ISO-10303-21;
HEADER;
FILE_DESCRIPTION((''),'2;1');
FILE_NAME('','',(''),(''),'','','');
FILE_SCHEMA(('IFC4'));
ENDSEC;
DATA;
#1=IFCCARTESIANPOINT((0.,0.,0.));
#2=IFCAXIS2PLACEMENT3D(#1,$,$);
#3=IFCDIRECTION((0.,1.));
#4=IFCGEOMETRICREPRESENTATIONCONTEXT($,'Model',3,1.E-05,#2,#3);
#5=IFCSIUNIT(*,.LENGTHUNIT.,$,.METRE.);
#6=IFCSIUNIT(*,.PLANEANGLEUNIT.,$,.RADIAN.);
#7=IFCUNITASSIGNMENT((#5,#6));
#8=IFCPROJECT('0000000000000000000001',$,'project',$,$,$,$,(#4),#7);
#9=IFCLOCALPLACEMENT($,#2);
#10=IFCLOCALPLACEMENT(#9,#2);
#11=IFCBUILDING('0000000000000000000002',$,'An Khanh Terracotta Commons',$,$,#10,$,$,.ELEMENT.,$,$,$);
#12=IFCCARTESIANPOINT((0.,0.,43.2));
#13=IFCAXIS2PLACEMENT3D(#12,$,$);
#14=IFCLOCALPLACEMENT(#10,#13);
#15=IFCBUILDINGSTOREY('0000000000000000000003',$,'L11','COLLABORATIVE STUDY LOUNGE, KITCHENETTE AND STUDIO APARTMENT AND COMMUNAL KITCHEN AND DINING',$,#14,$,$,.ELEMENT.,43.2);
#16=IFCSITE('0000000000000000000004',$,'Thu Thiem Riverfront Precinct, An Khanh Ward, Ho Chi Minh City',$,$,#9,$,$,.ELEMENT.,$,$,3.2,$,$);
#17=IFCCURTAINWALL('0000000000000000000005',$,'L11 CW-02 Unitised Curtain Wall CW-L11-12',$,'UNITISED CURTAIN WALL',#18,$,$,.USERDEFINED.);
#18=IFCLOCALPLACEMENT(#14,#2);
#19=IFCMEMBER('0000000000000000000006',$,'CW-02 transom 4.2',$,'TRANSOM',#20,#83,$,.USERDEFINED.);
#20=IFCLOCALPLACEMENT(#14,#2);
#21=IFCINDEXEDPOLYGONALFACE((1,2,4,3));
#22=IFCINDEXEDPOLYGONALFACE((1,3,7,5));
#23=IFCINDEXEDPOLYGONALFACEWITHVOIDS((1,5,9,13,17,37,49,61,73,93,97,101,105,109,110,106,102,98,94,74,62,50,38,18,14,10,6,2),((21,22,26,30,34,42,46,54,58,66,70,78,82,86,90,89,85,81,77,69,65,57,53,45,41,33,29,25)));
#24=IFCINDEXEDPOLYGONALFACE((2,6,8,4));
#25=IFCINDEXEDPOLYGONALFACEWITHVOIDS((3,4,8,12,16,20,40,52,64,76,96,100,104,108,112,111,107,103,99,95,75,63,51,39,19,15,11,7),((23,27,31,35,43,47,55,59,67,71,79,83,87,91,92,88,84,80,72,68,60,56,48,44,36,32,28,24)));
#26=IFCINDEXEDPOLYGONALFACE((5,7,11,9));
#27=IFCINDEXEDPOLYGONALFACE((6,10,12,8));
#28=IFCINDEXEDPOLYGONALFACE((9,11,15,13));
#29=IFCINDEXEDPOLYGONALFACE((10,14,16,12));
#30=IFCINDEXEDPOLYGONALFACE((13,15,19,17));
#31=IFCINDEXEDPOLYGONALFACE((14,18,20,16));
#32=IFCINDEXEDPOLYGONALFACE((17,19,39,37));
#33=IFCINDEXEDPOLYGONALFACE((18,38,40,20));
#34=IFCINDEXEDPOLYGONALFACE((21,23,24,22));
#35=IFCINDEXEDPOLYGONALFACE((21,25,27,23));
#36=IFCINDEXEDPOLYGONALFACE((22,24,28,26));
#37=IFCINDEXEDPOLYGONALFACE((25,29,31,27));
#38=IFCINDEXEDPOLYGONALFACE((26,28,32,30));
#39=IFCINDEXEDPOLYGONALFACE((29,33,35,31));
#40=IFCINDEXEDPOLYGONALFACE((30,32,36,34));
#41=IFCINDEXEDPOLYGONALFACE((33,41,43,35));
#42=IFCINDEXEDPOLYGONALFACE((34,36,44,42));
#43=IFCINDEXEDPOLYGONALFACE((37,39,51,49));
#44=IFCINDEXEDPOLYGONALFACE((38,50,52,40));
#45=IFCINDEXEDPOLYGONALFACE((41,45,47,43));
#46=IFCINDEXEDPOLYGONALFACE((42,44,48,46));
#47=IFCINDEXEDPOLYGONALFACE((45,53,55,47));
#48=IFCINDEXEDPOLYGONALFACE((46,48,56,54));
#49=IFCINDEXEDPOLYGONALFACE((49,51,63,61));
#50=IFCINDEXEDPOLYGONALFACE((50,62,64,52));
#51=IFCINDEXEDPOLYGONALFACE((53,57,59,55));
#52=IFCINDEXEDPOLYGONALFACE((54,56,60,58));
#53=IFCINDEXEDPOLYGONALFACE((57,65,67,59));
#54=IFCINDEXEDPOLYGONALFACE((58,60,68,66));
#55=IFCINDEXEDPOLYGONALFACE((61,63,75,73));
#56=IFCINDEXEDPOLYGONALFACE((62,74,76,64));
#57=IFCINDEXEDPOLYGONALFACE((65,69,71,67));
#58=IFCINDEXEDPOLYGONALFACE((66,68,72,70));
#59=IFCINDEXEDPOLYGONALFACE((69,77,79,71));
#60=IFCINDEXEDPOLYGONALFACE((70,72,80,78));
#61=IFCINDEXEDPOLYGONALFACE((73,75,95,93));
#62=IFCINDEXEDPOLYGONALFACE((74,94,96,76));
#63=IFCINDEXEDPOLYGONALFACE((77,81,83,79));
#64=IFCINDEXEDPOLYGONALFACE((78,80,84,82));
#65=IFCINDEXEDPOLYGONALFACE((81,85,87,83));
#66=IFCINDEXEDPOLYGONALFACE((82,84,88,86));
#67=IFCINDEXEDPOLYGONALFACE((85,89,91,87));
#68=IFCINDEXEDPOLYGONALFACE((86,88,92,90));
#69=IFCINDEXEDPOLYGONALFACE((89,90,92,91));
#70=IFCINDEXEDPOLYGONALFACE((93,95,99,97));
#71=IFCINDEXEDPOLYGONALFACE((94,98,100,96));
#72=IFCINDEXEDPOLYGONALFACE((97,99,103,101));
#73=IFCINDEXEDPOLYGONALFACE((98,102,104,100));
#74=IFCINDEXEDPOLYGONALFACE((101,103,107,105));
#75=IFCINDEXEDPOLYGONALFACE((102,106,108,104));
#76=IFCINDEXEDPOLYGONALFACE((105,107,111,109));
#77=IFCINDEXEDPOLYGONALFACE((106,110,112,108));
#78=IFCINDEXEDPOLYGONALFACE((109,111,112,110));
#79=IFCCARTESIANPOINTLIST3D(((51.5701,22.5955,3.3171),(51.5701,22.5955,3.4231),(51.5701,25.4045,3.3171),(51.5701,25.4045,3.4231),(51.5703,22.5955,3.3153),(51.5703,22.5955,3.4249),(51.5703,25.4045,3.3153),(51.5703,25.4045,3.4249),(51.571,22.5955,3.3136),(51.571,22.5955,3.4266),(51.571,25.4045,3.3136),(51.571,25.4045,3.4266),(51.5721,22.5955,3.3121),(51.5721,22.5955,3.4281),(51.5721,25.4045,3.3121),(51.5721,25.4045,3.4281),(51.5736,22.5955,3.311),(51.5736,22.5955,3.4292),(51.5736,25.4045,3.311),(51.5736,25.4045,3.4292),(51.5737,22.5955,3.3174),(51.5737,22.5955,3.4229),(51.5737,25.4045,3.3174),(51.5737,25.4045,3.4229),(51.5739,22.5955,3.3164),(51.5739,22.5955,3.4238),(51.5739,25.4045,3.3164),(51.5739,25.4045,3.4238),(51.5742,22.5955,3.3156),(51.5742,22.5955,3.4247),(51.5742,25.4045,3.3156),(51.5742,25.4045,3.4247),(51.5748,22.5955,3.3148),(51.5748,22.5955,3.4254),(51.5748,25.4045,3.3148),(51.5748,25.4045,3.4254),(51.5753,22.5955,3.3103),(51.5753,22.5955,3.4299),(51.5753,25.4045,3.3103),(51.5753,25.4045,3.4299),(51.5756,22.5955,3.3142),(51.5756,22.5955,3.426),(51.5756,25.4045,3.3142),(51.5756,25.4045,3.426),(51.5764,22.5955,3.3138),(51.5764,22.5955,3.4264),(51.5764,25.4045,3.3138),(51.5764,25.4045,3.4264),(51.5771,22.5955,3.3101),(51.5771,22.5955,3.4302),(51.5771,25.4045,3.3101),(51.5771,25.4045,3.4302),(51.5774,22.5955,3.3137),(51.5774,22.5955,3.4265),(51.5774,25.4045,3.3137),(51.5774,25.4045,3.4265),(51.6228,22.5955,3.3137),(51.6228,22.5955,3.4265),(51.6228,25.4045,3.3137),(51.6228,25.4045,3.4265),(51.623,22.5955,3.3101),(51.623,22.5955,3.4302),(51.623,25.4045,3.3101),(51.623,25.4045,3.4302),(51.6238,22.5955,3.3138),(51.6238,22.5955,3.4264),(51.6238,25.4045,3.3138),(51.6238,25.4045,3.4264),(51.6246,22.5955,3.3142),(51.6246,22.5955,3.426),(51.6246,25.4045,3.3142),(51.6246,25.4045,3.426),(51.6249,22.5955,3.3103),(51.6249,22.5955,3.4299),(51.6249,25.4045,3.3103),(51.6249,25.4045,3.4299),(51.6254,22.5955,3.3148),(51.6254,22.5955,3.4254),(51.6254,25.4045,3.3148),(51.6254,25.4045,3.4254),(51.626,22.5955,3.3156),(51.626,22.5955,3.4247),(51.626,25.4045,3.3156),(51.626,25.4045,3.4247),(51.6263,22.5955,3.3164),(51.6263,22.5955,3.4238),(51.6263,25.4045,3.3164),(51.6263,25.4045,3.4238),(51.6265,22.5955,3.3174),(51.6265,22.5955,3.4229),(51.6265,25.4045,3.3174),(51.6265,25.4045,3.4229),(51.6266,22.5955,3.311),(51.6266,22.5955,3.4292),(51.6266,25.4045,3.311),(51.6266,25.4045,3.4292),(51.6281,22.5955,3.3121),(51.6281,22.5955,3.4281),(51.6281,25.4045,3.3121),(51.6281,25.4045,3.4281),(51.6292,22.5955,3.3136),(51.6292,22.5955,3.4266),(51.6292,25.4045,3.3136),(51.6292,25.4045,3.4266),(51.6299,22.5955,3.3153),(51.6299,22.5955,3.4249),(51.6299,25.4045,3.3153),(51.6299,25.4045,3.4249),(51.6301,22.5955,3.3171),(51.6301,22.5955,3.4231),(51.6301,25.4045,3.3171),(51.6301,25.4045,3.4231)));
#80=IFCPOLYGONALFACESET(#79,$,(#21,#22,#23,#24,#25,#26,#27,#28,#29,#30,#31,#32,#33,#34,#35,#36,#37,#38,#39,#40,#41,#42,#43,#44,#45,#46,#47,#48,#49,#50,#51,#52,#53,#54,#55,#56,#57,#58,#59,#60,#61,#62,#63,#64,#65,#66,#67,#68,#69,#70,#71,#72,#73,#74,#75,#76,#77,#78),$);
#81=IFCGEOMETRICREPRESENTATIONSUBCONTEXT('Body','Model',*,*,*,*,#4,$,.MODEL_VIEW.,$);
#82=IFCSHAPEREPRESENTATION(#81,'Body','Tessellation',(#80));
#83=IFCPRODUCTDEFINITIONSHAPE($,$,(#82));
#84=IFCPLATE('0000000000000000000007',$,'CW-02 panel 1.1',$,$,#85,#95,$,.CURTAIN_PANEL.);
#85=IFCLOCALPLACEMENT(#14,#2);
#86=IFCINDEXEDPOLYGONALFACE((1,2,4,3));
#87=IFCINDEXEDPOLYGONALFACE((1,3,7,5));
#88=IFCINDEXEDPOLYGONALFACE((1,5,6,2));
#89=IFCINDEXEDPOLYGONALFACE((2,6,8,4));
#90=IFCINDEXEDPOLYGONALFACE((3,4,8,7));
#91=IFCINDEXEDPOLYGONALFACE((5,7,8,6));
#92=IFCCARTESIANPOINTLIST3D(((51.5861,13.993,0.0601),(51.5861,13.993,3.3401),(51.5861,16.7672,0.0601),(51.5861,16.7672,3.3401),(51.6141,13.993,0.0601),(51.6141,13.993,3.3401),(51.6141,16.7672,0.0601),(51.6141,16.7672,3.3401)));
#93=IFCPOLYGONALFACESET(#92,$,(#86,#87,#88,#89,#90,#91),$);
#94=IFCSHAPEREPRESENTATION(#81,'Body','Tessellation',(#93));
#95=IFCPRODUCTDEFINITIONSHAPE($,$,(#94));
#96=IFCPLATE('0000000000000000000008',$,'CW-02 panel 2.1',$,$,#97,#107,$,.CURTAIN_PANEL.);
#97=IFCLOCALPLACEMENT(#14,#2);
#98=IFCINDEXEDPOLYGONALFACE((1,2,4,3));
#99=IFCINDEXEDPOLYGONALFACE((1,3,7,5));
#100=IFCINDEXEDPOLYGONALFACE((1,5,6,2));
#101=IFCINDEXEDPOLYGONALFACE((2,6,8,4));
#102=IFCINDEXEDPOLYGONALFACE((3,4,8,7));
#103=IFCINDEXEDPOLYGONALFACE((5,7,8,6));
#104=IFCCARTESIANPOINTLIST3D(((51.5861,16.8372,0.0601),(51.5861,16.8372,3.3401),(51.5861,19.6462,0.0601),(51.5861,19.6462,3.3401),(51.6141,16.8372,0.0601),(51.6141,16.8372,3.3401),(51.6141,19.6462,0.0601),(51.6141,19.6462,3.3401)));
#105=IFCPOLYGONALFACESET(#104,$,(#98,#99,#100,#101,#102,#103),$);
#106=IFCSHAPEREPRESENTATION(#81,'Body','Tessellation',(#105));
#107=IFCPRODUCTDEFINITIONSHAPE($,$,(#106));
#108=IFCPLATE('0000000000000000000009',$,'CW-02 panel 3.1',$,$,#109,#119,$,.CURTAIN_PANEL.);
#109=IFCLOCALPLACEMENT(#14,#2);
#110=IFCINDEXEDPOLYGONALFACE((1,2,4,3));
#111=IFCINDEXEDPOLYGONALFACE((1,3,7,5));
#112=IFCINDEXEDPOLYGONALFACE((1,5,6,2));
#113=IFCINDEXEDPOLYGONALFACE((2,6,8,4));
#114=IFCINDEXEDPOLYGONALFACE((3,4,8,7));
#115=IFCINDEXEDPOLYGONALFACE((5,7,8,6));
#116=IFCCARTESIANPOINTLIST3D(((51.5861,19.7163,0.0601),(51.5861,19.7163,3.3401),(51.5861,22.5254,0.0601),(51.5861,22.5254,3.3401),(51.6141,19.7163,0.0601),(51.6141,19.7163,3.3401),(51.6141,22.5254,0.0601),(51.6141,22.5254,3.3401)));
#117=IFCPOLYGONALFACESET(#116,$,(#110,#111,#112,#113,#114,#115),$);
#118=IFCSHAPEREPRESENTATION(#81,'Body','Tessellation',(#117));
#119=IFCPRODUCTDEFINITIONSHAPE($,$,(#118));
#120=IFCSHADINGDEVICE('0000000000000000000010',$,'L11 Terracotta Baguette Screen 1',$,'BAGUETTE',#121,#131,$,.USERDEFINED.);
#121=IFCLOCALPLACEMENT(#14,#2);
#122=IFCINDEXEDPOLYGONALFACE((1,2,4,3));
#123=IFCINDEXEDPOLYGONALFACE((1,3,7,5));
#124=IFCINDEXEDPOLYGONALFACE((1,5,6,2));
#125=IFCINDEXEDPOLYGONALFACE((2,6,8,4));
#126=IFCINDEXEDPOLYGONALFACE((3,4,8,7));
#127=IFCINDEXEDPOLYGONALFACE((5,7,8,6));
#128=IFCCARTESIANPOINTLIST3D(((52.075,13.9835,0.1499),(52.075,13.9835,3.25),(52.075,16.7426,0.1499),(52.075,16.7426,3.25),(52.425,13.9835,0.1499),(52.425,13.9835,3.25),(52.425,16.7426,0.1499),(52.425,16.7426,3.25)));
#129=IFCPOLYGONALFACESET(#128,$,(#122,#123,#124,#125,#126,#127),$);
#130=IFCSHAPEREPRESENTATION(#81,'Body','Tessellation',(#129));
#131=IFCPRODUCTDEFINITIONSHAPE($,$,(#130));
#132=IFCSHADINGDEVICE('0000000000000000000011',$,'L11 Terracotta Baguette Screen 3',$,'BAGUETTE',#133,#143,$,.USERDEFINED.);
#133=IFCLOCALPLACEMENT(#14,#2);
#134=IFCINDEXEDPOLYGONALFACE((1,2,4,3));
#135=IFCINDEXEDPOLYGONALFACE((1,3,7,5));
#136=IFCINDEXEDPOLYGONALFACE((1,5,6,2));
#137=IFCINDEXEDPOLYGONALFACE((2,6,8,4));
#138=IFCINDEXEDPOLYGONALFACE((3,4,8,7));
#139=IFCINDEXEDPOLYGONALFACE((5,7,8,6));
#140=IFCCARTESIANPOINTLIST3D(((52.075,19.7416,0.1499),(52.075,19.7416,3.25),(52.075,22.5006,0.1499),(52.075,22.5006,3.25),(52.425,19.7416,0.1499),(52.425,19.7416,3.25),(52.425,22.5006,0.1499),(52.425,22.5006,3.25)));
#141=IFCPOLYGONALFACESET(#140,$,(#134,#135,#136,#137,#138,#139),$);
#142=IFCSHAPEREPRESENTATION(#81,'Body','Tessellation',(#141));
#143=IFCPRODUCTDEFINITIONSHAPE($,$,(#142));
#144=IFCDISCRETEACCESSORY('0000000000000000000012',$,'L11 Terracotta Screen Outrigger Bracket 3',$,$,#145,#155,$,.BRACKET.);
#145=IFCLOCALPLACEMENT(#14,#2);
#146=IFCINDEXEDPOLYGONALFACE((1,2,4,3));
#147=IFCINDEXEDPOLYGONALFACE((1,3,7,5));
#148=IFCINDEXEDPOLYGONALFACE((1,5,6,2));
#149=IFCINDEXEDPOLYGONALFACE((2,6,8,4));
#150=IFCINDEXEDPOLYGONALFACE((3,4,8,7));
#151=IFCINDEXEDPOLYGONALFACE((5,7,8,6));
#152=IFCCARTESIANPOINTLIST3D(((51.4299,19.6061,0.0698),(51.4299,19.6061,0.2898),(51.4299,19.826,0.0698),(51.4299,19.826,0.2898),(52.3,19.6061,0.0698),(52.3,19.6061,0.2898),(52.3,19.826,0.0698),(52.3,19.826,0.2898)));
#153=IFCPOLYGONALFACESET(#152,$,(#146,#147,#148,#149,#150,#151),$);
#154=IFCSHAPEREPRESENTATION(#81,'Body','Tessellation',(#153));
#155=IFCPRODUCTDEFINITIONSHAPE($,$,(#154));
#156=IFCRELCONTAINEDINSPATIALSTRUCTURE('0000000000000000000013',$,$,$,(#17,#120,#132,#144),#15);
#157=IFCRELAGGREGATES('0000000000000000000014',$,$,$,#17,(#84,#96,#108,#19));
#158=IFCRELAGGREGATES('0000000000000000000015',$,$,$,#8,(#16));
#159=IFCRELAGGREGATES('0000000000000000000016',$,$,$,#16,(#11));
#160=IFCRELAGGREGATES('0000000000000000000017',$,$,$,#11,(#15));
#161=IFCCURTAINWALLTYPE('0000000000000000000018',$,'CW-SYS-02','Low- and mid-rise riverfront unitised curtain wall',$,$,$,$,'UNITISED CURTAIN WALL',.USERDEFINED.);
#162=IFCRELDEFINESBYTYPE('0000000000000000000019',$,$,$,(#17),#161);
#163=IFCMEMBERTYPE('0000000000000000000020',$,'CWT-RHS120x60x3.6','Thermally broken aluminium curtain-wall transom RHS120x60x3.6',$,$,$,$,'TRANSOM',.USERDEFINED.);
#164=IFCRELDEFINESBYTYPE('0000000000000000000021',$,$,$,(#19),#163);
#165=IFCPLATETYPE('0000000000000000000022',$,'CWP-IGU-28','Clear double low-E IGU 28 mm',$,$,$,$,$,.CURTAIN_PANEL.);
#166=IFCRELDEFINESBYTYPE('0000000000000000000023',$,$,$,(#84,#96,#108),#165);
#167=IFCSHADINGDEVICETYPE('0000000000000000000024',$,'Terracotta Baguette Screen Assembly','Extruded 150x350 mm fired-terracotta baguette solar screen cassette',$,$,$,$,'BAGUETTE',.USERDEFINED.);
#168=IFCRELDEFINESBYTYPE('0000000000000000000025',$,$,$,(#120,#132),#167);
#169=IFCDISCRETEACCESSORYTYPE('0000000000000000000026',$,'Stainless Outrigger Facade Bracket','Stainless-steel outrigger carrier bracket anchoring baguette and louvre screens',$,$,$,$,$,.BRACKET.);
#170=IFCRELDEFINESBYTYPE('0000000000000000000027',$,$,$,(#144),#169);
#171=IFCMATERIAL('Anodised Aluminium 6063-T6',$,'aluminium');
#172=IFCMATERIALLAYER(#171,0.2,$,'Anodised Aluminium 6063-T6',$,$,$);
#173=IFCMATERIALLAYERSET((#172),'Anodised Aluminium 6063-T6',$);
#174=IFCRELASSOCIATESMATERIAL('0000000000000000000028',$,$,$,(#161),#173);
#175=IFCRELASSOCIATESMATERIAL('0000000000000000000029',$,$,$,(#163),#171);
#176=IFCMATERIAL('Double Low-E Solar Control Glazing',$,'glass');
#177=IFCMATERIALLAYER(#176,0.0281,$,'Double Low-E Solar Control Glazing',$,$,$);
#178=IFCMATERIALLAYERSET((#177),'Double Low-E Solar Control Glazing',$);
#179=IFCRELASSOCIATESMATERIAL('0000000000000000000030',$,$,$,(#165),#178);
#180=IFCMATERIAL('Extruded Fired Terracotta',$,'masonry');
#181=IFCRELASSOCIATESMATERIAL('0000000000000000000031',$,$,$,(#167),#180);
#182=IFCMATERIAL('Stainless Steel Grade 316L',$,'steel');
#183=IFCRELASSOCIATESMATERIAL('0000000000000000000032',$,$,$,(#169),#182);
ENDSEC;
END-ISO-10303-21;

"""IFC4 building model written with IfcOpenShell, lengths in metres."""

from ifc_helpers import new_model, si_unit, direction, frame, origin, origin_2d, place, context, subcontext, project, spatial, rectangle, hollow_rectangle, extrude, material, layer, layer_set, material_profile, profile_set, type_object, element, aggregate, save


model = new_model("IFC4")

# Units and contexts
model_context = context("Model", 3, precision=1e-05, world=origin(), true_north=direction((0.0, 1.0)))
body_context = subcontext(model_context, "Body", "Model", "MODEL_VIEW")
ifc_project = project(units=[si_unit("LENGTHUNIT", "METRE"), si_unit("PLANEANGLEUNIT", "RADIAN")], contexts=[model_context])

# Site, building, storey
site_placement = place(None, origin())
site = spatial("IfcSite", under=ifc_project, at=site_placement, Name="Thu Thiem Riverfront Precinct, An Khanh Ward, Ho Chi Minh City", CompositionType="ELEMENT", RefElevation=3.2)
building_placement = place(site_placement, origin())
building = spatial("IfcBuilding", under=site, at=building_placement, Name="An Khanh Terracotta Commons", CompositionType="ELEMENT")
storey_placement = place(building_placement, frame((0.0, 0.0, 43.2)))
storey = spatial("IfcBuildingStorey", under=building, at=storey_placement, Name="L11", Description="COLLABORATIVE STUDY LOUNGE, KITCHENETTE AND STUDIO APARTMENT AND COMMUNAL KITCHEN AND DINING", CompositionType="ELEMENT", Elevation=43.2)

# Curtain wall, member, plates
ifc_material_1 = material(Name="Anodised Aluminium 6063-T6", Category="aluminium")
ifc_layer_1 = layer(ifc_material_1, 0.2, Name="Anodised Aluminium 6063-T6")
ifc_layer_set_1 = layer_set([ifc_layer_1], Name="Anodised Aluminium 6063-T6")
curtain_wall_type = type_object("IfcCurtainWallType", Name="CW-SYS-02", Description="Low- and mid-rise riverfront unitised curtain wall", ElementType="UNITISED CURTAIN WALL", PredefinedType="USERDEFINED", material=ifc_layer_set_1)
curtain_wall_placement = place(storey_placement, origin())
curtain_wall = element("IfcCurtainWall", 1, at=curtain_wall_placement, inside=storey, type_object=curtain_wall_type, Name="L11 CW-02 Unitised Curtain Wall CW-L11-12", ObjectType="UNITISED CURTAIN WALL", PredefinedType="USERDEFINED")
ifc_material_profile_1 = material_profile(ifc_material_1, hollow_rectangle(XDim=0.0601, YDim=0.1201, WallThickness=0.0037, InnerFilletRadius=0.0037, OuterFilletRadius=0.0071, at=origin_2d()), Name="RHS120x60x3.6")
ifc_profile_set_1 = profile_set([ifc_material_profile_1], Name="Anodised Aluminium 6063-T6")
member_type_1 = type_object("IfcMemberType", Name="CWT-RHS120x60x3.6", Description="Thermally broken aluminium curtain-wall transom RHS120x60x3.6", ElementType="TRANSOM", PredefinedType="USERDEFINED", material=ifc_profile_set_1)
member_1_placement = place(storey_placement, frame((51.6001, 22.5955, 3.3701), z_axis=(0.0, 1.0, 0.0), x_axis=(-1.0, 0.0, 0.0)))
member_1 = element("IfcMember", 2, at=member_1_placement, type_object=member_type_1, Name="CW-02 transom 4.2", ObjectType="TRANSOM", PredefinedType="USERDEFINED", context=body_context, shape_type="SweptSolid", body=[
    extrude(hollow_rectangle(XDim=0.0601, YDim=0.1201, WallThickness=0.0037, InnerFilletRadius=0.0037, OuterFilletRadius=0.0071, at=origin_2d()), origin(), (0.0, 0.0, 1.0), 2.8091),
])
ifc_material_2 = material(Name="Double Low-E Solar Control Glazing", Category="glass")
ifc_layer_2 = layer(ifc_material_2, 0.0281, Name="Double Low-E Solar Control Glazing")
ifc_layer_set_2 = layer_set([ifc_layer_2], Name="Double Low-E Solar Control Glazing")
plate_type = type_object("IfcPlateType", Name="CWP-IGU-28", Description="Clear double low-E IGU 28 mm", PredefinedType="CURTAIN_PANEL", material=ifc_layer_set_2)
plate_1_placement = place(storey_placement, frame((51.6001, 15.3801, 0.0601), z_axis=(0.0, 0.0, 1.0), x_axis=(0.0, 1.0, 0.0)))
plate_1 = element("IfcPlate", 3, at=plate_1_placement, type_object=plate_type, Name="CW-02 panel 1.1", PredefinedType="CURTAIN_PANEL", context=body_context, shape_type="SweptSolid", body=[
    extrude(rectangle(XDim=2.7742, YDim=0.0281, at=origin_2d()), origin(), (0.0, 0.0, 1.0), 3.28),
])
plate_2_placement = place(storey_placement, frame((51.6001, 18.2417, 0.0601), z_axis=(0.0, 0.0, 1.0), x_axis=(0.0, 1.0, 0.0)))
plate_2 = element("IfcPlate", 4, at=plate_2_placement, type_object=plate_type, Name="CW-02 panel 2.1", PredefinedType="CURTAIN_PANEL", context=body_context, shape_type="SweptSolid", body=[
    extrude(rectangle(XDim=2.8091, YDim=0.0281, at=origin_2d()), origin(), (0.0, 0.0, 1.0), 3.28),
])
plate_3_placement = place(storey_placement, frame((51.6001, 21.1208, 0.0601), z_axis=(0.0, 0.0, 1.0), x_axis=(0.0, 1.0, 0.0)))
plate_3 = element("IfcPlate", 5, at=plate_3_placement, type_object=plate_type, Name="CW-02 panel 3.1", PredefinedType="CURTAIN_PANEL", context=body_context, shape_type="SweptSolid", body=[
    extrude(rectangle(XDim=2.8091, YDim=0.0281, at=origin_2d()), origin(), (0.0, 0.0, 1.0), 3.28),
])
aggregate(curtain_wall, [plate_1, plate_2, plate_3, member_1])

# Shading devices
ifc_material_3 = material(Name="Extruded Fired Terracotta", Category="masonry")
shading_device_type = type_object("IfcShadingDeviceType", Name="Terracotta Baguette Screen Assembly", Description="Extruded 150x350 mm fired-terracotta baguette solar screen cassette", ElementType="BAGUETTE", PredefinedType="USERDEFINED", material=ifc_material_3)
for number, where, z_axis, x_axis, name in (
    (6, (52.25, 15.363, 0.1499), (0.0, 0.0, 1.0), (0.0, 1.0, 0.0), "L11 Terracotta Baguette Screen 1"),
    (7, (52.25, 21.1211, 0.1499), (0.0, 0.0, 1.0), (0.0, 1.0, 0.0), "L11 Terracotta Baguette Screen 3"),
):
    element("IfcShadingDevice", number, at=place(storey_placement, frame(where, z_axis=z_axis, x_axis=x_axis)), inside=storey, type_object=shading_device_type, Name=name, ObjectType="BAGUETTE", PredefinedType="USERDEFINED", context=body_context, shape_type="SweptSolid", body=[
        extrude(rectangle(XDim=2.759, YDim=0.3501, at=origin_2d()), origin(), (0.0, 0.0, 1.0), 3.1001),
    ])

# Discrete accessory
ifc_material_4 = material(Name="Stainless Steel Grade 316L", Category="steel")
discrete_accessory_type = type_object("IfcDiscreteAccessoryType", Name="Stainless Outrigger Facade Bracket", Description="Stainless-steel outrigger carrier bracket anchoring baguette and louvre screens", PredefinedType="BRACKET", material=ifc_material_4)
discrete_accessory_placement = place(storey_placement, frame((51.865, 19.7161, 0.0698), z_axis=(0.0, 0.0, 1.0), x_axis=(0.0, 1.0, 0.0)))
element("IfcDiscreteAccessory", 8, at=discrete_accessory_placement, inside=storey, type_object=discrete_accessory_type, Name="L11 Terracotta Screen Outrigger Bracket 3", PredefinedType="BRACKET", context=body_context, shape_type="SweptSolid", body=[
    extrude(rectangle(XDim=0.22, YDim=0.8701, at=origin_2d()), origin(), (0.0, 0.0, 1.0), 0.22),
])

save(model, "model.ifc")
